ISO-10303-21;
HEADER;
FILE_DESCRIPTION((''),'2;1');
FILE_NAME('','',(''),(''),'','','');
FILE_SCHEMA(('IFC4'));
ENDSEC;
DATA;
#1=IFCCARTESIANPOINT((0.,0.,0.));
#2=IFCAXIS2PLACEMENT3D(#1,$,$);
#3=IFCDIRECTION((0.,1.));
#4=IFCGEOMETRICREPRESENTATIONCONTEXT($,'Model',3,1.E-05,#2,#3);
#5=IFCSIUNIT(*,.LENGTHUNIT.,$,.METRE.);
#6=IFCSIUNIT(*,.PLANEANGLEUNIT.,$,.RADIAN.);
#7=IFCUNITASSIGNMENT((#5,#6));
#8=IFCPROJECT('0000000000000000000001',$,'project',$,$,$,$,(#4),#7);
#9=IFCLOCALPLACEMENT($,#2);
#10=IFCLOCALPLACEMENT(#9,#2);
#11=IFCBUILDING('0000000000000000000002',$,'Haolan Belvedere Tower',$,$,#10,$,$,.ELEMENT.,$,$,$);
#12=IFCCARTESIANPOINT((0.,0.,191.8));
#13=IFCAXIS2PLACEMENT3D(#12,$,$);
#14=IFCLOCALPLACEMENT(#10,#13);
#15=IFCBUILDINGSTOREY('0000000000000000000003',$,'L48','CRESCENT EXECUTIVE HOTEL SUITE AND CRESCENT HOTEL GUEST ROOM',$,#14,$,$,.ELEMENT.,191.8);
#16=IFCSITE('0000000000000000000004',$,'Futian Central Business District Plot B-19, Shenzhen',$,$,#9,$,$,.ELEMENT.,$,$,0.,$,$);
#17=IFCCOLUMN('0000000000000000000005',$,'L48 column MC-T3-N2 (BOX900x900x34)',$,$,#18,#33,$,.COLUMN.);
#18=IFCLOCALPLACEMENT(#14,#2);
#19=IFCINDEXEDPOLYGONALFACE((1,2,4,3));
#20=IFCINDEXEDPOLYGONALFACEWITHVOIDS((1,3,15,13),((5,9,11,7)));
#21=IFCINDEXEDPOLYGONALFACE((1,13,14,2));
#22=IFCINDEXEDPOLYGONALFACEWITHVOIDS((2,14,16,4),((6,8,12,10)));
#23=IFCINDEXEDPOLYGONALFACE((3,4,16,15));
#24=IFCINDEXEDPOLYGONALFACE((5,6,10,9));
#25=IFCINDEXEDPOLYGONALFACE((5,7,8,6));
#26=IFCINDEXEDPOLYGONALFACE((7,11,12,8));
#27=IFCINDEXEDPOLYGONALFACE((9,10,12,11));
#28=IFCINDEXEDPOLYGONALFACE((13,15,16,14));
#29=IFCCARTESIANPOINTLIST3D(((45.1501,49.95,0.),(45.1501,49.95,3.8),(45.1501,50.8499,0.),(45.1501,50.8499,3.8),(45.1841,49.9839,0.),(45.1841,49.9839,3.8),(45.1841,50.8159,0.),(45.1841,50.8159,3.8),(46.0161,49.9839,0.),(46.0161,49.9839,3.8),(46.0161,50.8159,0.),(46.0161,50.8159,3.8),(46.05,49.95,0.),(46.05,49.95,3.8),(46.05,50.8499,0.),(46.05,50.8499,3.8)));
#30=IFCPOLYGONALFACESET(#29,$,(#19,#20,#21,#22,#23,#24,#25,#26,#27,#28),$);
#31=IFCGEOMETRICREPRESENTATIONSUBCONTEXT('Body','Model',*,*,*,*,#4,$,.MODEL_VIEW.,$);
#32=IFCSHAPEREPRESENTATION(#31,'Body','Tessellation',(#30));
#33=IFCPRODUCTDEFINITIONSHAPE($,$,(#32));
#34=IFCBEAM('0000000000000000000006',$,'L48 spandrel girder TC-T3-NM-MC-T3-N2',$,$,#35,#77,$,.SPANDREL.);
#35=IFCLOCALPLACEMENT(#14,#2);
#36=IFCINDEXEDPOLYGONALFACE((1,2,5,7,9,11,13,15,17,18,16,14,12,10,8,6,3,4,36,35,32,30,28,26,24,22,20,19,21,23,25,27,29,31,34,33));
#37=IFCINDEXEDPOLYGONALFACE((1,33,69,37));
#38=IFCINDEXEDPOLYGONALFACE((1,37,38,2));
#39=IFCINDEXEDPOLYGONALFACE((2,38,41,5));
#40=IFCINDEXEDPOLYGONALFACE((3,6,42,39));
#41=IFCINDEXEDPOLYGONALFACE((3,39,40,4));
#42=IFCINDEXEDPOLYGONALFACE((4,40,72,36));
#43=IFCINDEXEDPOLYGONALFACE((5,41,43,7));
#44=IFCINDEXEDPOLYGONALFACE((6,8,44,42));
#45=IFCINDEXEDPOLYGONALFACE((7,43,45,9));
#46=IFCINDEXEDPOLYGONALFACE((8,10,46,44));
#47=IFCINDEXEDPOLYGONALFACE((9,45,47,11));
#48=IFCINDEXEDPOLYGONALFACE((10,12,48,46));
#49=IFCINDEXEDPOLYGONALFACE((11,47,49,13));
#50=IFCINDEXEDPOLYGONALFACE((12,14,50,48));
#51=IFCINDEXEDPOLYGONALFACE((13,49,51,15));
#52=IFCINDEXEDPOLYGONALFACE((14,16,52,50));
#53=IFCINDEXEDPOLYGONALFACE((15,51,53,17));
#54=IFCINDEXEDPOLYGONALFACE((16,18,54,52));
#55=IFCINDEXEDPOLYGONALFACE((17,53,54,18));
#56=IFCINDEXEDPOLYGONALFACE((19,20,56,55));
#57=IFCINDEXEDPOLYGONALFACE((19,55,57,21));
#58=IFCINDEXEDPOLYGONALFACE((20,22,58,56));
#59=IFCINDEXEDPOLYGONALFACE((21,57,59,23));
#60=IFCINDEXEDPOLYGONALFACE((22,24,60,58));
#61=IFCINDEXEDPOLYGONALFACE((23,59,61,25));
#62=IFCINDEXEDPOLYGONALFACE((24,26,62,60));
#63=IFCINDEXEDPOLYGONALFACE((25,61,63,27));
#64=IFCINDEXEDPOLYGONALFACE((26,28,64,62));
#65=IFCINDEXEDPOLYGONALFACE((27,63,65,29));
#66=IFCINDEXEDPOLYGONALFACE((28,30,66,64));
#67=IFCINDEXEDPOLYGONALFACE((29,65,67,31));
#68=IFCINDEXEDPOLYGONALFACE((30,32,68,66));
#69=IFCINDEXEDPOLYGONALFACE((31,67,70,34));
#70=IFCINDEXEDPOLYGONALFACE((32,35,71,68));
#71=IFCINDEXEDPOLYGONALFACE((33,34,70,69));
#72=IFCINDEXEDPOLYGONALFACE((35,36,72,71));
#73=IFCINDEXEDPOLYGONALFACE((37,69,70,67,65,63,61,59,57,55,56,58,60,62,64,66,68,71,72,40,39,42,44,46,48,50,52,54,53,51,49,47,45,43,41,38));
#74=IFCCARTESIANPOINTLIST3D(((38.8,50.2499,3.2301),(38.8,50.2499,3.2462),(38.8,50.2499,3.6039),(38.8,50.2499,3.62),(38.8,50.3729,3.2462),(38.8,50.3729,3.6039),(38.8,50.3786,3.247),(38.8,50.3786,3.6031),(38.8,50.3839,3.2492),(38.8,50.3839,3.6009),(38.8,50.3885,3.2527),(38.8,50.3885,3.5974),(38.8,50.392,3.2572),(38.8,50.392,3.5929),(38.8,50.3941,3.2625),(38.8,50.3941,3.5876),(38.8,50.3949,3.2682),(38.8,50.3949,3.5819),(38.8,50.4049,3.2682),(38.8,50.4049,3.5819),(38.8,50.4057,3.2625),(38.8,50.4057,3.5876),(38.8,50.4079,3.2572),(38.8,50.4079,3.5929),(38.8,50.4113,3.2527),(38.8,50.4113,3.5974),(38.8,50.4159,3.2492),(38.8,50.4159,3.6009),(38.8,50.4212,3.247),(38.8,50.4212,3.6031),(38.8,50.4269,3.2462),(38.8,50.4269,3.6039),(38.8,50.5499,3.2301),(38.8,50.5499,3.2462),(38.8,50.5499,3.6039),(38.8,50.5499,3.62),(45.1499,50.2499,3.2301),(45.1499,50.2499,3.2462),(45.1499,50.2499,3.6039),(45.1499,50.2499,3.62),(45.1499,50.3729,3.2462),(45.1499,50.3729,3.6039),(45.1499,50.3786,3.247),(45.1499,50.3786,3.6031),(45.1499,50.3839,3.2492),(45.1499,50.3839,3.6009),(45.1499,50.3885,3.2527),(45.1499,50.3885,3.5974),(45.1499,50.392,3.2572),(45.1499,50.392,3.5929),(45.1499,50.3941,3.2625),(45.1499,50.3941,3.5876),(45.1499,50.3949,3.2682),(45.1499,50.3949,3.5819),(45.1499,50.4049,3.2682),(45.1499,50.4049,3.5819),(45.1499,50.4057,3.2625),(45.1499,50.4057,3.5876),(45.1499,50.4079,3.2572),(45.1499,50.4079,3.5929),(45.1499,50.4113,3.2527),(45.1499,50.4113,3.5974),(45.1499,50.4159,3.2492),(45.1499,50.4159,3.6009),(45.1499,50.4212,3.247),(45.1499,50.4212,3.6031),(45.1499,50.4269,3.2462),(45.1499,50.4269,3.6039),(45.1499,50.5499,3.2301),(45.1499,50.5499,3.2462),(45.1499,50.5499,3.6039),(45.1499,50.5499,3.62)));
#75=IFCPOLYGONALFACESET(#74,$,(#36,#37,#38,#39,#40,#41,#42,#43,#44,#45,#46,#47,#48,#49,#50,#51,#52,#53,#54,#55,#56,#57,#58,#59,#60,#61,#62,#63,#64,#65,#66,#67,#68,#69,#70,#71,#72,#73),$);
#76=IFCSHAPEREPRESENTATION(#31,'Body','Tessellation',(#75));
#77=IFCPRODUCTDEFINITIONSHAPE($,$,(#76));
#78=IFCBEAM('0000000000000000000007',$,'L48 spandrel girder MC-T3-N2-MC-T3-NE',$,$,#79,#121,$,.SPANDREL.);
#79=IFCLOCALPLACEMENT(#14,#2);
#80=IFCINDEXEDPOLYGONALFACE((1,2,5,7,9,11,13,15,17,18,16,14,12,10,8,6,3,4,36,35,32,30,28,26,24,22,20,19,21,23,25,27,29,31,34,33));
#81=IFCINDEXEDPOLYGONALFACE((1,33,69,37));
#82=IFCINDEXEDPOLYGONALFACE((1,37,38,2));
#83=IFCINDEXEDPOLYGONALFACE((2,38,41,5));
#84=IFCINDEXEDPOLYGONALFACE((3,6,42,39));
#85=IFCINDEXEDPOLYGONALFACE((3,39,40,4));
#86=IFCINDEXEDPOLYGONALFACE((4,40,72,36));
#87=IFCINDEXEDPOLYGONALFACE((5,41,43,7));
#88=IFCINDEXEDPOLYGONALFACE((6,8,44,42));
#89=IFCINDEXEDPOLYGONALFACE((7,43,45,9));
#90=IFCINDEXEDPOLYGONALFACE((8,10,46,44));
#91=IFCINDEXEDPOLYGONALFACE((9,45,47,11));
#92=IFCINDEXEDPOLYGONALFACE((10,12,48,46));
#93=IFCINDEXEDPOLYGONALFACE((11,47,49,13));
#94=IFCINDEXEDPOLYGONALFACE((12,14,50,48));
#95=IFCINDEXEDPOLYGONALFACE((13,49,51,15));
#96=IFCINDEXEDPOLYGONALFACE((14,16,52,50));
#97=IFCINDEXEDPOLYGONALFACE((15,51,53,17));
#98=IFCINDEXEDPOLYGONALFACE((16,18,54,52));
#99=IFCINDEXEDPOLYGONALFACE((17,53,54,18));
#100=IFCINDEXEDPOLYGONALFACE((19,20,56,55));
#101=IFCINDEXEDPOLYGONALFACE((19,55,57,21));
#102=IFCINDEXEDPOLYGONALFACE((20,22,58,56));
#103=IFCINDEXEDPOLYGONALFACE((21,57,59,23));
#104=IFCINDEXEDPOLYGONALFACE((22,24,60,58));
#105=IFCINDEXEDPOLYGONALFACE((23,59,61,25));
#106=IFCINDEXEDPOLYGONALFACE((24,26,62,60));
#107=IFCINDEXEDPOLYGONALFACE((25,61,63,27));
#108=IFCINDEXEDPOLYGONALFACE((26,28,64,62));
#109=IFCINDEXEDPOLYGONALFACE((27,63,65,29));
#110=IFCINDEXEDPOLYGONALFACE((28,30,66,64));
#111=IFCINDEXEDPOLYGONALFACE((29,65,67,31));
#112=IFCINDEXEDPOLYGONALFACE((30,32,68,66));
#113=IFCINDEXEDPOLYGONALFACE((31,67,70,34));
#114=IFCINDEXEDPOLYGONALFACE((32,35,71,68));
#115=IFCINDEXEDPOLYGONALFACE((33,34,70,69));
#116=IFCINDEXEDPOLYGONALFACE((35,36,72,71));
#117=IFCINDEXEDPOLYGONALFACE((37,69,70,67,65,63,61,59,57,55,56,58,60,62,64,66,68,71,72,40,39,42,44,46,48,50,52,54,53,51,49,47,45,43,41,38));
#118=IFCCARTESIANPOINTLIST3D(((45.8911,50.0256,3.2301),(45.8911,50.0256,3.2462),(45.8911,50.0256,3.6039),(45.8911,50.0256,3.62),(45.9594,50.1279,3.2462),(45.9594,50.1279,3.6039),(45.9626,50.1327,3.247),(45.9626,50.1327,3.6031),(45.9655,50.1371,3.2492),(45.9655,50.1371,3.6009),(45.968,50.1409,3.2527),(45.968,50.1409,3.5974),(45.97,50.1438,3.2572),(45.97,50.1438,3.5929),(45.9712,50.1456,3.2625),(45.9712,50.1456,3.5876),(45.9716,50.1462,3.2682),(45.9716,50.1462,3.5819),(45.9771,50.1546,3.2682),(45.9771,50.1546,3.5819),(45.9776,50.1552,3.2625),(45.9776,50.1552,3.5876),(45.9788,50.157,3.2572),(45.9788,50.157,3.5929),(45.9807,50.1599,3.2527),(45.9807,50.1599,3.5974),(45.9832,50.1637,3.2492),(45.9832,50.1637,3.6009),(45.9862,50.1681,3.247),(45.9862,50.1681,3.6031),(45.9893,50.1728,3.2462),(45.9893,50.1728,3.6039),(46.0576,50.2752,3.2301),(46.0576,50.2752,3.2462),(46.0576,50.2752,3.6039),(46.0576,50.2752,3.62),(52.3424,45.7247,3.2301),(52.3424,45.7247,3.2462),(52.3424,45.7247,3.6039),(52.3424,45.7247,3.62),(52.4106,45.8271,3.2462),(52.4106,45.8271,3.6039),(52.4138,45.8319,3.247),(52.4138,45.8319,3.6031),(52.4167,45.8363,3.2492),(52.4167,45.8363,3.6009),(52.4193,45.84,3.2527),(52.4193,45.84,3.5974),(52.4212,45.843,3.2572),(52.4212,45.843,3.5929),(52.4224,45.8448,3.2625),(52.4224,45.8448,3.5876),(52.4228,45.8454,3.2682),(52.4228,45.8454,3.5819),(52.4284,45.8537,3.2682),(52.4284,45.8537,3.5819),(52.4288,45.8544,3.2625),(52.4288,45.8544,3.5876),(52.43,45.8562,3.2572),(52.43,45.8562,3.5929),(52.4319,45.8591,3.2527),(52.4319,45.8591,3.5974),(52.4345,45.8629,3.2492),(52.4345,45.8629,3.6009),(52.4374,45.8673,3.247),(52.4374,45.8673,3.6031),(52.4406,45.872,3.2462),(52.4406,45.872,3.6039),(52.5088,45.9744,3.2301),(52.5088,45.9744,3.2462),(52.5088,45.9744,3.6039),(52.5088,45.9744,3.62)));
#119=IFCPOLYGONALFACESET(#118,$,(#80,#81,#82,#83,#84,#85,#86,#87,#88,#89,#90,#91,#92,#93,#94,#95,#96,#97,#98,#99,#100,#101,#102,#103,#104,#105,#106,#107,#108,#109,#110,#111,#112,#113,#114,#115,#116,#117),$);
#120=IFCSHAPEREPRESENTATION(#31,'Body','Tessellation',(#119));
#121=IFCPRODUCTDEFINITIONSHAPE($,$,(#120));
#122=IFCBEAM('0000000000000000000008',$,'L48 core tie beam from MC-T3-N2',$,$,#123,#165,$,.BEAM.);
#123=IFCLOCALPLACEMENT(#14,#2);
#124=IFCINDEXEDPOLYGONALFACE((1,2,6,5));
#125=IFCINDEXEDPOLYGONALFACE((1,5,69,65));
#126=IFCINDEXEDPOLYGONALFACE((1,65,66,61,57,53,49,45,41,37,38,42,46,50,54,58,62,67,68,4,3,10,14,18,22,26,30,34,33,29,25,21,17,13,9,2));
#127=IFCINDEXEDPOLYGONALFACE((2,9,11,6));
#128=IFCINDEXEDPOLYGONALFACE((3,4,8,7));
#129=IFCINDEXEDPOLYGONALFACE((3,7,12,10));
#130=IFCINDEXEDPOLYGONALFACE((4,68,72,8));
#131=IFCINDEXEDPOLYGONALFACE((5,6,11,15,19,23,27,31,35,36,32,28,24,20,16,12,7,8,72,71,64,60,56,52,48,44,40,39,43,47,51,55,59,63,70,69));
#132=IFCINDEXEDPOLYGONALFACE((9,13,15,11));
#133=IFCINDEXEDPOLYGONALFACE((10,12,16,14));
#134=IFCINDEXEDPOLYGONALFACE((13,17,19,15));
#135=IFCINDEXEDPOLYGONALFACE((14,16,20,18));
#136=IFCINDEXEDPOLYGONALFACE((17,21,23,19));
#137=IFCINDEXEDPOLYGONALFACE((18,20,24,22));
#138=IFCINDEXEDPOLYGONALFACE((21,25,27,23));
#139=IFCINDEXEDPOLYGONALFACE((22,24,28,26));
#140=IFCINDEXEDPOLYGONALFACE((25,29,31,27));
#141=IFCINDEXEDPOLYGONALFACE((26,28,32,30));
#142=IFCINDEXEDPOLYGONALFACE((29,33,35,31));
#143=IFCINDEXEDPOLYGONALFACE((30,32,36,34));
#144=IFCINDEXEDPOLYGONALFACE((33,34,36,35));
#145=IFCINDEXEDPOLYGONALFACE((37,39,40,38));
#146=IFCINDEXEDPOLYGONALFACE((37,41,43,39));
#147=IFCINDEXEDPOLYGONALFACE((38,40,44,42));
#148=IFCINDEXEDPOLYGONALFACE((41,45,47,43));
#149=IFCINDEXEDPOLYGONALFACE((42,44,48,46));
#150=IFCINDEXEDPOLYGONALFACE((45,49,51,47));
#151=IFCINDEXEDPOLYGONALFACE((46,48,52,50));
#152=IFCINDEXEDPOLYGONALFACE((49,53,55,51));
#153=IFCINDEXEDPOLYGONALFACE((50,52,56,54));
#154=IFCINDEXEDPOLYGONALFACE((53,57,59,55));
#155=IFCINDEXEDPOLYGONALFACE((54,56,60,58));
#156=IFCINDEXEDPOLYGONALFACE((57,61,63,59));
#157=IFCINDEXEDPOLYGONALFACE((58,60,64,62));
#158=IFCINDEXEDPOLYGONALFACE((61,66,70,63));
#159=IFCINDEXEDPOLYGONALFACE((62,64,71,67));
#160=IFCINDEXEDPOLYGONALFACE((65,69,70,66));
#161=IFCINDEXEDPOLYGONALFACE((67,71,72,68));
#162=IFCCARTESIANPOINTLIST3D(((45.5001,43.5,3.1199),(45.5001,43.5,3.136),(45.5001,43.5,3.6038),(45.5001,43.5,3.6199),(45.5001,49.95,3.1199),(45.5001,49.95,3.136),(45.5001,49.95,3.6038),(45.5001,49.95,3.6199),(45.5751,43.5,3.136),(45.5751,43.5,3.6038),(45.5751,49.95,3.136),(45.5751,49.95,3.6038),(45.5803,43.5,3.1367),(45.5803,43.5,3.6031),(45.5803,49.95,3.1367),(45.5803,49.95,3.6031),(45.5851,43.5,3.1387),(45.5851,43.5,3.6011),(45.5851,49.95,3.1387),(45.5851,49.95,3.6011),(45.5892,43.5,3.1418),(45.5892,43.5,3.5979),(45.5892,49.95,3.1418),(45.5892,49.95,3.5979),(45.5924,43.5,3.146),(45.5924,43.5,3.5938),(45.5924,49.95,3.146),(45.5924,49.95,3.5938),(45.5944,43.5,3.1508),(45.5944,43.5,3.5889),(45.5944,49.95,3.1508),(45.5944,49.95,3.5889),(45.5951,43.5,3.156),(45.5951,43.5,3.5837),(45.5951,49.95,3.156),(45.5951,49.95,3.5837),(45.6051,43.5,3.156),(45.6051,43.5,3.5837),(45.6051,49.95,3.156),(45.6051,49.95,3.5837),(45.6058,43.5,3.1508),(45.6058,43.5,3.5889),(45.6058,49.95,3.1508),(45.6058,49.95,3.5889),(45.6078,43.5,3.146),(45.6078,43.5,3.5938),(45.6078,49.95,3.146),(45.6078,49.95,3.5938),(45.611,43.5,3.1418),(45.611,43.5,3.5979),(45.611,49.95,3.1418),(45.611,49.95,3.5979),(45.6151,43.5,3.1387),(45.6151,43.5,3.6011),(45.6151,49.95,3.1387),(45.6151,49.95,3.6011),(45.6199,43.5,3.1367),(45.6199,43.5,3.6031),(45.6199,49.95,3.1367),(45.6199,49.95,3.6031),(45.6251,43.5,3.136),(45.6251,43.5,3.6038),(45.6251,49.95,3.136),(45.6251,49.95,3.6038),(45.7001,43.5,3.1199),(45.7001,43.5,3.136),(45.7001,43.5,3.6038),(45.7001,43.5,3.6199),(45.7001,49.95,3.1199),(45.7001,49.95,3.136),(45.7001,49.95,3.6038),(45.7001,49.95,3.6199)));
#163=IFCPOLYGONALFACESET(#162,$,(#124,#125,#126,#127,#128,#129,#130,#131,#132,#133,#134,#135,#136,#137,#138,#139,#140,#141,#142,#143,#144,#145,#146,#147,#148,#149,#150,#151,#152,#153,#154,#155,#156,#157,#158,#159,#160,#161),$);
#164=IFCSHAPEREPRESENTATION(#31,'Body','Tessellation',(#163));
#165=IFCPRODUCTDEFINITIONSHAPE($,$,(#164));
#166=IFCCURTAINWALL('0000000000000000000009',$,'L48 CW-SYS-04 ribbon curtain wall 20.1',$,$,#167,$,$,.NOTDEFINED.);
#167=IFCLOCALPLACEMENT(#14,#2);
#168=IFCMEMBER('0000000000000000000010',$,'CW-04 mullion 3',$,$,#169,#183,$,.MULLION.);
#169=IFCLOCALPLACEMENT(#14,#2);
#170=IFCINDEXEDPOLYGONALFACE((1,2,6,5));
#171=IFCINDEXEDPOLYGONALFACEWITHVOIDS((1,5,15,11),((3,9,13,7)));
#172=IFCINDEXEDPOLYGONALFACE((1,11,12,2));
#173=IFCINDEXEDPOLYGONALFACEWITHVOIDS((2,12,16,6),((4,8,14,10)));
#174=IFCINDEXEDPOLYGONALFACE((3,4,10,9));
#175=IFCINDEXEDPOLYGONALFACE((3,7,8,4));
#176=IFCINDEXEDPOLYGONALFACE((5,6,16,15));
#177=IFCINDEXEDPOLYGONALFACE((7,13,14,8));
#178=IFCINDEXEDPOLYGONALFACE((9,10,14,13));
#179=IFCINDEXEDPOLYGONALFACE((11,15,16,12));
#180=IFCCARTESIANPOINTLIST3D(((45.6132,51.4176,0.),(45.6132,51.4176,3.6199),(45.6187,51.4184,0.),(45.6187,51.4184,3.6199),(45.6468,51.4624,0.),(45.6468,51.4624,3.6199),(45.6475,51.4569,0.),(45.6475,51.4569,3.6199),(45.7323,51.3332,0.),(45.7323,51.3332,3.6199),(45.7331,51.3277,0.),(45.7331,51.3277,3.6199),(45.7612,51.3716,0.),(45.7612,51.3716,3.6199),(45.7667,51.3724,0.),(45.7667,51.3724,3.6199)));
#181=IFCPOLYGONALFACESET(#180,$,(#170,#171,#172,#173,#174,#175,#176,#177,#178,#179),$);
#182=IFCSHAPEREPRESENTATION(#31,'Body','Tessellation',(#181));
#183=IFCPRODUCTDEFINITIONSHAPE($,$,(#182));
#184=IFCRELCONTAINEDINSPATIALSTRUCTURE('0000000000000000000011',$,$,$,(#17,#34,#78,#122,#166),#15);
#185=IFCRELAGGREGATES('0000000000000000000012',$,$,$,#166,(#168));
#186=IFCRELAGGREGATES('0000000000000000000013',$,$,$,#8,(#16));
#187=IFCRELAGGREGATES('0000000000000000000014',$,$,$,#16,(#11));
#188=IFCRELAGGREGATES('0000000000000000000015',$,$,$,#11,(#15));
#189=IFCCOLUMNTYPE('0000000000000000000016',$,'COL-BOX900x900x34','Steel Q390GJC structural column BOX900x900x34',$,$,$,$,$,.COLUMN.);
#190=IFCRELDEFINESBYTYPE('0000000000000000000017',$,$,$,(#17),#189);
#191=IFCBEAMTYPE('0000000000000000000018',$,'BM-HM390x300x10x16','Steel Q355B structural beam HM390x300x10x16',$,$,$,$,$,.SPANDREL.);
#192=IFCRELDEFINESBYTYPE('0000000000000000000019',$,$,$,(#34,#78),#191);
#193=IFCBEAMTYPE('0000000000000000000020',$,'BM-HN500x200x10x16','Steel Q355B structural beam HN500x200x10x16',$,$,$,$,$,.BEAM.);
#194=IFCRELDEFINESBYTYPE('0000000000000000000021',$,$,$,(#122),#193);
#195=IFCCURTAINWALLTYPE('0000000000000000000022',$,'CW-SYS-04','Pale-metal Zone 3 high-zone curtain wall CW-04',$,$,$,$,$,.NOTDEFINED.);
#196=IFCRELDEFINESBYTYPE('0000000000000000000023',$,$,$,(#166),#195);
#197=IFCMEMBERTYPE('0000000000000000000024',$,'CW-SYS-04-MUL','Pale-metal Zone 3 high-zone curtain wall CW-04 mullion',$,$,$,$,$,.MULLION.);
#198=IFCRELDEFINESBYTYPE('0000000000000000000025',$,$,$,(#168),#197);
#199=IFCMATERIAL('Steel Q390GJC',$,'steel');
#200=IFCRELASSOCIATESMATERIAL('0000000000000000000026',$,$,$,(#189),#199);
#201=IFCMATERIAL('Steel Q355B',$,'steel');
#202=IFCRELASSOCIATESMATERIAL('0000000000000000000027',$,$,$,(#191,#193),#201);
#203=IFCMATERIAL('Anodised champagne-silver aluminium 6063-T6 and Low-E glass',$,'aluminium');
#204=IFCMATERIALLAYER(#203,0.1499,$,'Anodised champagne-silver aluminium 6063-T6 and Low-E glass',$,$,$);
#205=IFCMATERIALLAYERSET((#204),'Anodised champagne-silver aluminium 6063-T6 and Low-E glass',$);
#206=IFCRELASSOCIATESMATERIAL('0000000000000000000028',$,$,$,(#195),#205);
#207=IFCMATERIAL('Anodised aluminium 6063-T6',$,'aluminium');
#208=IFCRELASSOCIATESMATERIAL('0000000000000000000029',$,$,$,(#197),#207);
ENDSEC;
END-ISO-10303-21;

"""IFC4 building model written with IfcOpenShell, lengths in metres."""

from ifc_helpers import new_model, si_unit, direction, frame, origin, origin_2d, place, context, subcontext, project, spatial, hollow_rectangle, i_section, extrude, material, layer, layer_set, material_profile, profile_set, type_object, element, aggregate, save


model = new_model("IFC4")

# Units and contexts
model_context = context("Model", 3, precision=1e-05, world=origin(), true_north=direction((0.0, 1.0)))
body_context = subcontext(model_context, "Body", "Model", "MODEL_VIEW")
ifc_project = project(units=[si_unit("LENGTHUNIT", "METRE"), si_unit("PLANEANGLEUNIT", "RADIAN")], contexts=[model_context])

# Site, building, storey
site_placement = place(None, origin())
site = spatial("IfcSite", under=ifc_project, at=site_placement, Name="Futian Central Business District Plot B-19, Shenzhen", CompositionType="ELEMENT", RefElevation=0.0)
building_placement = place(site_placement, origin())
building = spatial("IfcBuilding", under=site, at=building_placement, Name="Haolan Belvedere Tower", CompositionType="ELEMENT")
storey_placement = place(building_placement, frame((0.0, 0.0, 191.8)))
storey = spatial("IfcBuildingStorey", under=building, at=storey_placement, Name="L48", Description="CRESCENT EXECUTIVE HOTEL SUITE AND CRESCENT HOTEL GUEST ROOM", CompositionType="ELEMENT", Elevation=191.8)

# Column
ifc_material_1 = material(Name="Steel Q390GJC", Category="steel")
ifc_material_profile_1 = material_profile(ifc_material_1, hollow_rectangle(XDim=0.8999, YDim=0.8999, WallThickness=0.0339, at=origin_2d()), Name="Steel Q390GJC")
ifc_profile_set_1 = profile_set([ifc_material_profile_1], Name="Steel Q390GJC")
column_type = type_object("IfcColumnType", Name="COL-BOX900x900x34", Description="Steel Q390GJC structural column BOX900x900x34", PredefinedType="COLUMN", material=ifc_profile_set_1)
column_placement = place(storey_placement, frame((45.6001, 50.3999, 0.0), z_axis=(0.0, 0.0, 1.0), x_axis=(1.0, 0.0, 0.0)))
element("IfcColumn", 1, at=column_placement, inside=storey, type_object=column_type, Name="L48 column MC-T3-N2 (BOX900x900x34)", PredefinedType="COLUMN", context=body_context, shape_type="SweptSolid", body=[
    extrude(hollow_rectangle(XDim=0.8999, YDim=0.8999, WallThickness=0.0339, at=origin_2d()), origin(), (0.0, 0.0, 1.0), 3.8),
])

# Beams
ifc_material_2 = material(Name="Steel Q355B", Category="steel")
ifc_material_profile_2 = material_profile(ifc_material_2, i_section(OverallWidth=0.3, OverallDepth=0.3899, WebThickness=0.01, FlangeThickness=0.0161, FilletRadius=0.022, at=origin_2d()), Name="Steel Q355B")
ifc_profile_set_2 = profile_set([ifc_material_profile_2], Name="Steel Q355B")
beam_type_1 = type_object("IfcBeamType", Name="BM-HM390x300x10x16", Description="Steel Q355B structural beam HM390x300x10x16", PredefinedType="SPANDREL", material=ifc_profile_set_2)
beam_1_placement = place(storey_placement, frame((38.8, 50.3999, 3.425), z_axis=(1.0, 0.0, 0.0), x_axis=(0.0, 1.0, 0.0)))
element("IfcBeam", 2, at=beam_1_placement, inside=storey, type_object=beam_type_1, Name="L48 spandrel girder TC-T3-NM-MC-T3-N2", PredefinedType="SPANDREL", context=body_context, shape_type="SweptSolid", body=[
    extrude(i_section(OverallWidth=0.3, OverallDepth=0.3899, WebThickness=0.01, FlangeThickness=0.0161, FilletRadius=0.022, at=origin_2d()), origin(), (0.0, 0.0, 1.0), 6.3499),
])
beam_2_placement = place(storey_placement, frame((45.9744, 50.1504, 3.425), z_axis=(0.83205, -0.5547, 0.0), x_axis=(0.5547, 0.83205, 0.0)))
element("IfcBeam", 3, at=beam_2_placement, inside=storey, type_object=beam_type_1, Name="L48 spandrel girder MC-T3-N2-MC-T3-NE", PredefinedType="SPANDREL", context=body_context, shape_type="SweptSolid", body=[
    extrude(i_section(OverallWidth=0.3, OverallDepth=0.3899, WebThickness=0.01, FlangeThickness=0.0161, FilletRadius=0.022, at=origin_2d()), origin(), (0.0, 0.0, 1.0), 7.7534),
])
ifc_material_profile_3 = material_profile(ifc_material_2, i_section(OverallWidth=0.2, OverallDepth=0.5, WebThickness=0.01, FlangeThickness=0.0161, FilletRadius=0.02, at=origin_2d()), Name="Steel Q355B")
ifc_profile_set_3 = profile_set([ifc_material_profile_3], Name="Steel Q355B")
beam_type_2 = type_object("IfcBeamType", Name="BM-HN500x200x10x16", Description="Steel Q355B structural beam HN500x200x10x16", PredefinedType="BEAM", material=ifc_profile_set_3)
beam_3_placement = place(storey_placement, frame((45.6001, 49.95, 3.3699), z_axis=(0.0, -1.0, 0.0), x_axis=(1.0, 0.0, 0.0)))
element("IfcBeam", 4, at=beam_3_placement, inside=storey, type_object=beam_type_2, Name="L48 core tie beam from MC-T3-N2", PredefinedType="BEAM", context=body_context, shape_type="SweptSolid", body=[
    extrude(i_section(OverallWidth=0.2, OverallDepth=0.5, WebThickness=0.01, FlangeThickness=0.0161, FilletRadius=0.02, at=origin_2d()), origin(), (0.0, 0.0, 1.0), 6.45),
])

# Curtain wall, member
ifc_material_3 = material(Name="Anodised champagne-silver aluminium 6063-T6 and Low-E glass", Category="aluminium")
ifc_layer_1 = layer(ifc_material_3, 0.1499, Name="Anodised champagne-silver aluminium 6063-T6 and Low-E glass")
ifc_layer_set_1 = layer_set([ifc_layer_1], Name="Anodised champagne-silver aluminium 6063-T6 and Low-E glass")
curtain_wall_type = type_object("IfcCurtainWallType", Name="CW-SYS-04", Description="Pale-metal Zone 3 high-zone curtain wall CW-04", PredefinedType="NOTDEFINED", material=ifc_layer_set_1)
curtain_wall_1_placement = place(storey_placement, origin())
curtain_wall_1 = element("IfcCurtainWall", 5, at=curtain_wall_1_placement, inside=storey, type_object=curtain_wall_type, Name="L48 CW-SYS-04 ribbon curtain wall 20.1", PredefinedType="NOTDEFINED")
ifc_material_4 = material(Name="Anodised aluminium 6063-T6", Category="aluminium")
ifc_material_profile_4 = material_profile(ifc_material_4, hollow_rectangle(XDim=0.0559, YDim=0.1499, WallThickness=0.0039, at=origin_2d()), Name="Anodised aluminium 6063-T6")
ifc_profile_set_4 = profile_set([ifc_material_profile_4], Name="Anodised aluminium 6063-T6")
member_type_1 = type_object("IfcMemberType", Name="CW-SYS-04-MUL", Description="Pale-metal Zone 3 high-zone curtain wall CW-04 mullion", PredefinedType="MULLION", material=ifc_profile_set_4)
member_1_placement = place(storey_placement, frame((45.6899, 51.395, 0.0), z_axis=(0.0, 0.0, 1.0), x_axis=(-0.600003, -0.799998, 0.0)))
member_1 = element("IfcMember", 6, at=member_1_placement, type_object=member_type_1, Name="CW-04 mullion 3", PredefinedType="MULLION", context=body_context, shape_type="SweptSolid", body=[
    extrude(hollow_rectangle(XDim=0.0559, YDim=0.1499, WallThickness=0.0039, at=origin_2d()), origin(), (0.0, 0.0, 1.0), 3.6199),
])
aggregate(curtain_wall_1, [member_1])

save(model, "model.ifc")
